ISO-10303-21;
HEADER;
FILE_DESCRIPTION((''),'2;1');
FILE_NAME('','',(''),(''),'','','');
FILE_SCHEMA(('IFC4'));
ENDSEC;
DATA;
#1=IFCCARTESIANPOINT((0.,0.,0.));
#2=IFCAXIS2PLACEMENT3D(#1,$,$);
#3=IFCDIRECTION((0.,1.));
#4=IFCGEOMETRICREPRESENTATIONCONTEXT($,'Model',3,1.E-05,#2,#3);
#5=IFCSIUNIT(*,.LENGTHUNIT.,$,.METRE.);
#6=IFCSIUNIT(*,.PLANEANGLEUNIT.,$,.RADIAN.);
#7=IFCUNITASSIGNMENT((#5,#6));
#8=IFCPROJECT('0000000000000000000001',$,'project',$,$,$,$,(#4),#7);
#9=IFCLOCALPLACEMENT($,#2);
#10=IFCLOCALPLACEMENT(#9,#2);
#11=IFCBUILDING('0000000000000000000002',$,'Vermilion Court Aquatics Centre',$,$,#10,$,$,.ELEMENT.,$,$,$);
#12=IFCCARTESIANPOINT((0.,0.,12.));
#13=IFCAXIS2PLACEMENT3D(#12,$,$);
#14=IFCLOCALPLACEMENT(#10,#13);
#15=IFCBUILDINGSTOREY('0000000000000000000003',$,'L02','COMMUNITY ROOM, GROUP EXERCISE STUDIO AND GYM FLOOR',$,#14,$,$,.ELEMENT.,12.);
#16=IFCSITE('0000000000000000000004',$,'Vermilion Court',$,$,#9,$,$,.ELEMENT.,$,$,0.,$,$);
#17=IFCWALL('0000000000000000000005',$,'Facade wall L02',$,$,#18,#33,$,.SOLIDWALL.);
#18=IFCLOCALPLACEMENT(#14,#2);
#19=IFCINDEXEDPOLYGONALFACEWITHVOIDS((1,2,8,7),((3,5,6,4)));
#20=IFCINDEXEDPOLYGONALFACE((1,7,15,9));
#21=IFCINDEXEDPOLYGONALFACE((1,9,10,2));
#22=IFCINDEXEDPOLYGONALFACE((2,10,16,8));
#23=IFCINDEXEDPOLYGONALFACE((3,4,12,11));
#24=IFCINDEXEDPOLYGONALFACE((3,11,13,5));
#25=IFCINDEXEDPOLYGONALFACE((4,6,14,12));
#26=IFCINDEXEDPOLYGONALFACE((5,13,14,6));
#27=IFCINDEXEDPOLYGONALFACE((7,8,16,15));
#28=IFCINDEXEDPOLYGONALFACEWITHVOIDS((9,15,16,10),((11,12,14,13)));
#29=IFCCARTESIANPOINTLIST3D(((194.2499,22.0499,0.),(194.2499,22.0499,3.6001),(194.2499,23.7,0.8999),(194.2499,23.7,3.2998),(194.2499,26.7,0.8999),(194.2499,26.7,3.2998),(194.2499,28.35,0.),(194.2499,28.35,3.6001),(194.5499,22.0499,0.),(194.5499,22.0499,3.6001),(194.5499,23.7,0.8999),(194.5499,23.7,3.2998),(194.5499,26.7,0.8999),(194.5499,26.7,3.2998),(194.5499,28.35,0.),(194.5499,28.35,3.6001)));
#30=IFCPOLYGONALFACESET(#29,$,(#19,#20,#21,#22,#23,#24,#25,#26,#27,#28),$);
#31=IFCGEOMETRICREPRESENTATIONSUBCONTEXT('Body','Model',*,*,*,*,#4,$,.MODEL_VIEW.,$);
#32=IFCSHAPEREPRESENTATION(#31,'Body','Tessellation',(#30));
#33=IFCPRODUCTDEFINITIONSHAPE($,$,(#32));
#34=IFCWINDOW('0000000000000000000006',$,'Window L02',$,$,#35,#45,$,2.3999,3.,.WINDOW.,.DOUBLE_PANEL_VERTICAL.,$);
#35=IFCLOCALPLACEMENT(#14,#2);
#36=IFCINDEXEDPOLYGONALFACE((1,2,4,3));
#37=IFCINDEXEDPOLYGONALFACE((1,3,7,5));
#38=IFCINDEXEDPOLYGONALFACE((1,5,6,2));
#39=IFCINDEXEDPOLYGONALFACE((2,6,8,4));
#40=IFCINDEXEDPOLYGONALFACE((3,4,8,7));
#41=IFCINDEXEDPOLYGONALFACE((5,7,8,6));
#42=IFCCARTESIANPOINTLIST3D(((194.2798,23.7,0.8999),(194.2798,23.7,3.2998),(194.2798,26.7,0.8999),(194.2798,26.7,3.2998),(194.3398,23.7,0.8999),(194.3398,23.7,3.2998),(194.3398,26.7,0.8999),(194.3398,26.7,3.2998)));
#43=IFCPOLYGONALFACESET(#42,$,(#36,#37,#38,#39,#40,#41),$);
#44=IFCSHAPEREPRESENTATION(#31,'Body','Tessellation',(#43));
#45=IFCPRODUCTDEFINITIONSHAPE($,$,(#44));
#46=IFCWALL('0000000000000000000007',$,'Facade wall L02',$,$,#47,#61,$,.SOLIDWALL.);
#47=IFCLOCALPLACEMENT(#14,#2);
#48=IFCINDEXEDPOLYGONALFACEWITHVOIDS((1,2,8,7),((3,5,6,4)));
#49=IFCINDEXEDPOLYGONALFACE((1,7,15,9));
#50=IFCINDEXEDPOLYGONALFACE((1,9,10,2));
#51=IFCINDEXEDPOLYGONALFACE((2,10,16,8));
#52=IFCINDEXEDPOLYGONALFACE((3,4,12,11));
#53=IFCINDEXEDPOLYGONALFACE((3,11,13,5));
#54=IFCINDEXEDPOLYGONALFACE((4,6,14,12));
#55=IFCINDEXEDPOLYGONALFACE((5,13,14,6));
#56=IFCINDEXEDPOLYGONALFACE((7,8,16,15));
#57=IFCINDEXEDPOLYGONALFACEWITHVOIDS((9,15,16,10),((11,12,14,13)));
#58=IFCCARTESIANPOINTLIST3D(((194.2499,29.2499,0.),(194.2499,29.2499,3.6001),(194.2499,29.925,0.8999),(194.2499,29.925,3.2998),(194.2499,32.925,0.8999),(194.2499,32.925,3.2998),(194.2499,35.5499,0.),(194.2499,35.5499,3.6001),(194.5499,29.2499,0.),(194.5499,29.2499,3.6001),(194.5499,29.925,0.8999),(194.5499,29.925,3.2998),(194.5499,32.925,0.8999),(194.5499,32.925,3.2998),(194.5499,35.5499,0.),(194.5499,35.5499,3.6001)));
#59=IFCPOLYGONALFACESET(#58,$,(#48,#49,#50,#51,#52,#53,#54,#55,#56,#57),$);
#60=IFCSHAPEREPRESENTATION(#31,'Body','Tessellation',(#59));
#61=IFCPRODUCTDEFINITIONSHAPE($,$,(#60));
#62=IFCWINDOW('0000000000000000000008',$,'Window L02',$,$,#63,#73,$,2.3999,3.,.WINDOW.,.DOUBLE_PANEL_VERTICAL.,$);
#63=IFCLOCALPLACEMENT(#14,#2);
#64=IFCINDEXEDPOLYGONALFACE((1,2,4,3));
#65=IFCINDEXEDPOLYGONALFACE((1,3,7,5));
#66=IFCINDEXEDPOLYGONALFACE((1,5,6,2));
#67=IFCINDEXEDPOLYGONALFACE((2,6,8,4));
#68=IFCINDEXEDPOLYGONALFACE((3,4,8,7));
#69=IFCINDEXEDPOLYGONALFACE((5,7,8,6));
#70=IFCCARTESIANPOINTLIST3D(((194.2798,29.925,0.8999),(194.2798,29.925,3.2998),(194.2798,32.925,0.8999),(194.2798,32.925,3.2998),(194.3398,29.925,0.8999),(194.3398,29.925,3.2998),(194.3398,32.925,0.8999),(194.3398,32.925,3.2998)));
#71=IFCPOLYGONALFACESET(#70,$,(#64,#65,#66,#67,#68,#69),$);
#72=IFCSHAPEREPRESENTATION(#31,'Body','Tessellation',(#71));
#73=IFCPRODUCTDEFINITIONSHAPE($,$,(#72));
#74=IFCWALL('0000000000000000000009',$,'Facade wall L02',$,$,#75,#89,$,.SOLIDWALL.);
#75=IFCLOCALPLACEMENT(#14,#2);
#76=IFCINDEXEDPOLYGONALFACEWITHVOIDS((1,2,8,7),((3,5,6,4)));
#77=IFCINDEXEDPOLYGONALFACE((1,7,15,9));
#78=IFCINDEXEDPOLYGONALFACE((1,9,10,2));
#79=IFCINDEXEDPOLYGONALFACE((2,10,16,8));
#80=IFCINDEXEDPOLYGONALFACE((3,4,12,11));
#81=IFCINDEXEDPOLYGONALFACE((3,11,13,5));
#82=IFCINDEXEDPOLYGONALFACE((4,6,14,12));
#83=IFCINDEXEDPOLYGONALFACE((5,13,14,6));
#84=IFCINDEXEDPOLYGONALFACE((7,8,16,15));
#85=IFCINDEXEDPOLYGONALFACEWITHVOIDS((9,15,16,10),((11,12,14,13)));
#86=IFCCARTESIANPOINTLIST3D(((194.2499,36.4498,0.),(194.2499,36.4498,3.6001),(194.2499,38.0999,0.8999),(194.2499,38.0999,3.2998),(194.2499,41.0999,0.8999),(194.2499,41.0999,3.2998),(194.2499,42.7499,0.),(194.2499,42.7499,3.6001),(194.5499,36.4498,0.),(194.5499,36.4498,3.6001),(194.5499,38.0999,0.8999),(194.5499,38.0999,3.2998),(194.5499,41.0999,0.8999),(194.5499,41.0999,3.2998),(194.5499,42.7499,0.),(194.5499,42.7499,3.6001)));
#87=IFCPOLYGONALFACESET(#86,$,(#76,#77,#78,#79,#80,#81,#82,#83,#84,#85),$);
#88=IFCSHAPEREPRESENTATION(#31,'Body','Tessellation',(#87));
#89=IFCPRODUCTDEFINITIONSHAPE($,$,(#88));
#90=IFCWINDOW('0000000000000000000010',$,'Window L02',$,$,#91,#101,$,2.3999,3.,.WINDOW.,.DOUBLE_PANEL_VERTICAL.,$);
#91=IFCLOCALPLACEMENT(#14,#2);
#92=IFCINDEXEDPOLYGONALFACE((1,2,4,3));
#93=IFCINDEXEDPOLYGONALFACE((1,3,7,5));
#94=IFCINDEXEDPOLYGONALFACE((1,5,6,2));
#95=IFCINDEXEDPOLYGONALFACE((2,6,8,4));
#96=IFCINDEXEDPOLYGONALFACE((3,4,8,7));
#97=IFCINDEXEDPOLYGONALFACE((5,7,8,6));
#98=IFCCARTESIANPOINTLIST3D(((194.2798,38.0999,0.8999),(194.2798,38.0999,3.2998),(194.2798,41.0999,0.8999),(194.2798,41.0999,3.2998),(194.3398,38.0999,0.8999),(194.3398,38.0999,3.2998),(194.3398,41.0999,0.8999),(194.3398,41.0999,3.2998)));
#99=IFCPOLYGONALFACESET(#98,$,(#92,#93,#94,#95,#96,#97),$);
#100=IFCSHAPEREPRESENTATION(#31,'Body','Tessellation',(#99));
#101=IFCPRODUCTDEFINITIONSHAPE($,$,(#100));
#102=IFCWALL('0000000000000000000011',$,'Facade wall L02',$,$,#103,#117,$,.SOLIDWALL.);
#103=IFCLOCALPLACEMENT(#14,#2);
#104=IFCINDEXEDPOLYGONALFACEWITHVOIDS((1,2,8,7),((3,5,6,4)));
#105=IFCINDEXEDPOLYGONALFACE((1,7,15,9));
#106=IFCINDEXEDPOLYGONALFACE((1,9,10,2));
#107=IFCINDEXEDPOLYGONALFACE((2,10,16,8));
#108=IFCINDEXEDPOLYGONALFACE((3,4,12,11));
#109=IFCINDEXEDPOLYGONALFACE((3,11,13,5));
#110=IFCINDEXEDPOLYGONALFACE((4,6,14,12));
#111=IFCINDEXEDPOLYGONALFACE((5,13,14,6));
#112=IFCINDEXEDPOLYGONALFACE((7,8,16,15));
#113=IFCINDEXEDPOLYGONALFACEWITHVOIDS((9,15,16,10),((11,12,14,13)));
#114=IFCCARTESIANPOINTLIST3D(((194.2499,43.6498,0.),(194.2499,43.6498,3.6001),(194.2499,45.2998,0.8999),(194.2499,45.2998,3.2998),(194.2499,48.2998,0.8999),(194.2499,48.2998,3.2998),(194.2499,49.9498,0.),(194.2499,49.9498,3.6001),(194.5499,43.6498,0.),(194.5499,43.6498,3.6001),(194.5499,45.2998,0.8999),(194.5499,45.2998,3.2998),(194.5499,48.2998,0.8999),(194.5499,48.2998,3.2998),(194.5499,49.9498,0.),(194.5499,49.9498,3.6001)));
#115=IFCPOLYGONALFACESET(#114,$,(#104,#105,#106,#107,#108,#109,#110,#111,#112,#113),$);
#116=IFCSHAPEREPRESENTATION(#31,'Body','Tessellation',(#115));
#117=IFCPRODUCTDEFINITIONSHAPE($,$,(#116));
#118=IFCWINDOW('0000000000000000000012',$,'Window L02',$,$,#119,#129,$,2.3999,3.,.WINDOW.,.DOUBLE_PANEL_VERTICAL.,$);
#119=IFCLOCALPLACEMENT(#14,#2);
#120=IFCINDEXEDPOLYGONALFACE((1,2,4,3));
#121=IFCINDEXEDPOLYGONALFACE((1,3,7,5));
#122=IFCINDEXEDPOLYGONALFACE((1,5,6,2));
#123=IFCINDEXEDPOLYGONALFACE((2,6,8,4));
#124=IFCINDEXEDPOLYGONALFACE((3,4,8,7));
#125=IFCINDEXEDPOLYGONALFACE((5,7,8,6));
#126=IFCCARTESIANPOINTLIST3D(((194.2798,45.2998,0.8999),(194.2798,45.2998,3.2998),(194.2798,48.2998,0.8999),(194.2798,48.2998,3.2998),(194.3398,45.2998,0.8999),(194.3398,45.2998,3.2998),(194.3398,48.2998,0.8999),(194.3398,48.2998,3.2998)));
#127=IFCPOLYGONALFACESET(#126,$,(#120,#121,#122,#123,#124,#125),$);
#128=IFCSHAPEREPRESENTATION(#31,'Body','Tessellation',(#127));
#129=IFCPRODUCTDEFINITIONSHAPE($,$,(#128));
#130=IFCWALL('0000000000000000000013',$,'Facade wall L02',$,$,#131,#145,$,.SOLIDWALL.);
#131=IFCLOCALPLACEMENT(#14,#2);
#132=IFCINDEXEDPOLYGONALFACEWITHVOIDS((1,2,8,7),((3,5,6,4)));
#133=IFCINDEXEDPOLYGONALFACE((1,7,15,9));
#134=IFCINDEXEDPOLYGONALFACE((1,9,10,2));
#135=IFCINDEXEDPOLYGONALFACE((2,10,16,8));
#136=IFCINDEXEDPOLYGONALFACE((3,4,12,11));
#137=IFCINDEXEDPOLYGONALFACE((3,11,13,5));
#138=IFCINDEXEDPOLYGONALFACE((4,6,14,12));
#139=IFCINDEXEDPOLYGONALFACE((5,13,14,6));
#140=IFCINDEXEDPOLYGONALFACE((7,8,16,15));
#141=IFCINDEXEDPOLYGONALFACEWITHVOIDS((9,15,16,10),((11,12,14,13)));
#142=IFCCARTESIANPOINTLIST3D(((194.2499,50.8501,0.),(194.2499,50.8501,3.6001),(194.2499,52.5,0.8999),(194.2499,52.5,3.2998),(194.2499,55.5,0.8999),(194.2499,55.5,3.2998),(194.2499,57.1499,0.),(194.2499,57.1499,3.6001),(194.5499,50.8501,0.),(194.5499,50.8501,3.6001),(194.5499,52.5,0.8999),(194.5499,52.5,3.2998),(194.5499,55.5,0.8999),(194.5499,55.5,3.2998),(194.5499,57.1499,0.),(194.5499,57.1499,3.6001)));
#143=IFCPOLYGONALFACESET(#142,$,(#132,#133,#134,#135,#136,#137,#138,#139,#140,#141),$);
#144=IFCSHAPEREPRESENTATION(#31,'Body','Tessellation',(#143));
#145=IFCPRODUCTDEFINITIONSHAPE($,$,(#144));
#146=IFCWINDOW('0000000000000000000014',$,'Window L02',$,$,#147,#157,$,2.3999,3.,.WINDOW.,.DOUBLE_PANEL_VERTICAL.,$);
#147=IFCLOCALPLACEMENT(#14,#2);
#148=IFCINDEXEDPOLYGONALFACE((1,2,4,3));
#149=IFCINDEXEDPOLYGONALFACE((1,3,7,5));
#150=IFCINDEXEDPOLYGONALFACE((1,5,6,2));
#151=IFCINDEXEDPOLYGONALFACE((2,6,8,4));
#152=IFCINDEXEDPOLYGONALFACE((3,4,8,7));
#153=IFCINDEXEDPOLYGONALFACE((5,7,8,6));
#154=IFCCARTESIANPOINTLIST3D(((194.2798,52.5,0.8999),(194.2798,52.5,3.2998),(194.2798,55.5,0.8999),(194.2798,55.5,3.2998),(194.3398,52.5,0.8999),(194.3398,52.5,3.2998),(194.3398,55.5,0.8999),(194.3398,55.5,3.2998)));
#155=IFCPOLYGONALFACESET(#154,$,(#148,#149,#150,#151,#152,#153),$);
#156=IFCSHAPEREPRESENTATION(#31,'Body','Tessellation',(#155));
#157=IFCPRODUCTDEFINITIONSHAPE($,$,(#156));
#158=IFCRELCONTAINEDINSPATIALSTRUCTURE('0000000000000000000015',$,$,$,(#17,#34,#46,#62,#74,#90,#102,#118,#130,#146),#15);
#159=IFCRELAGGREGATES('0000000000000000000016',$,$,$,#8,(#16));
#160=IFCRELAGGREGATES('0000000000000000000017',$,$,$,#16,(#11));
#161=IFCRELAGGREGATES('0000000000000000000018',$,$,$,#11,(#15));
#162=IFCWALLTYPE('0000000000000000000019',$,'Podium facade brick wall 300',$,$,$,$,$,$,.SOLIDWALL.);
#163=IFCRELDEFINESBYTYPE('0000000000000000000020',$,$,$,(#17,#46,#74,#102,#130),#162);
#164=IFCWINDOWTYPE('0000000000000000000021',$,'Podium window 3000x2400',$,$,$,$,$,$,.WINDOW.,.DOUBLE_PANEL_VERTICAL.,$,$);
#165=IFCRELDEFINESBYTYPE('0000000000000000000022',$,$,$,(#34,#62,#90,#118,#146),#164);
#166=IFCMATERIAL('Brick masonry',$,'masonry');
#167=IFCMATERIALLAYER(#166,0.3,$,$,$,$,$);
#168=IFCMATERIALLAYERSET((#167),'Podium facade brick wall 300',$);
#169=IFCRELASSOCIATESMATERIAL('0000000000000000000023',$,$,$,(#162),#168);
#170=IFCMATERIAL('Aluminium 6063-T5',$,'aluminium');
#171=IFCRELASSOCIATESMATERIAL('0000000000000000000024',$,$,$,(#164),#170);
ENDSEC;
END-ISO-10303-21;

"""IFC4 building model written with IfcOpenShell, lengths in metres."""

from ifc_helpers import new_model, si_unit, direction, frame, frame_2d, origin, place, context, subcontext, project, spatial, rectangle, extrude, material, layer, layer_set, type_object, element, fill, save


model = new_model("IFC4")

# Units and contexts
model_context = context("Model", 3, precision=1e-05, world=origin(), true_north=direction((0.0, 1.0)))
body_context = subcontext(model_context, "Body", "Model", "MODEL_VIEW")
ifc_project = project(units=[si_unit("LENGTHUNIT", "METRE"), si_unit("PLANEANGLEUNIT", "RADIAN")], contexts=[model_context])

# Site, building, storey
site_placement = place(None, origin())
site = spatial("IfcSite", under=ifc_project, at=site_placement, Name="Vermilion Court", CompositionType="ELEMENT", RefElevation=0.0)
building_placement = place(site_placement, origin())
building = spatial("IfcBuilding", under=site, at=building_placement, Name="Vermilion Court Aquatics Centre", CompositionType="ELEMENT")
storey_placement = place(building_placement, frame((0.0, 0.0, 12.0)))
storey = spatial("IfcBuildingStorey", under=building, at=storey_placement, Name="L02", Description="COMMUNITY ROOM, GROUP EXERCISE STUDIO AND GYM FLOOR", CompositionType="ELEMENT", Elevation=12.0)

# Walls, openings, windows
ifc_material_1 = material(Name="Brick masonry", Category="masonry")
ifc_layer = layer(ifc_material_1, 0.3)
ifc_layer_set = layer_set([ifc_layer], Name="Podium facade brick wall 300")
wall_type = type_object("IfcWallType", Name="Podium facade brick wall 300", PredefinedType="SOLIDWALL", material=ifc_layer_set)
wall_1_placement = place(storey_placement, frame((194.3999, 22.05, 0.0), z_axis=(0.0, 0.0, 1.0), x_axis=(0.0, 1.0, 0.0)))
wall_1 = element("IfcWall", 1, at=wall_1_placement, inside=storey, type_object=wall_type, Name="Facade wall L02", PredefinedType="SOLIDWALL", context=body_context, shape_type="SweptSolid", body=[
    extrude(rectangle(XDim=6.3, YDim=0.3, at=frame_2d((3.1499, 0.0))), origin(), (0.0, 0.0, 1.0), 3.6001),
])
opening_1_placement = place(wall_1_placement, frame((1.6499, 0.0, 0.8999)))
opening_1 = element("IfcOpeningElement", 2, at=opening_1_placement, cuts=wall_1, PredefinedType="OPENING", context=body_context, shape_type="SweptSolid", body=[
    extrude(rectangle(XDim=3.0, YDim=2.3999, at=frame_2d((1.5, 1.2))), frame((0.0, 0.1599, 0.0), z_axis=(0.0, -1.0, 0.0), x_axis=(1.0, 0.0, 0.0)), (0.0, 0.0, 1.0), 0.3201),
])
ifc_material_2 = material(Name="Aluminium 6063-T5", Category="aluminium")
window_type = type_object("IfcWindowType", Name="Podium window 3000x2400", PartitioningType="DOUBLE_PANEL_VERTICAL", PredefinedType="WINDOW", material=ifc_material_2)
window_1_placement = place(opening_1_placement, origin())
window_1 = element("IfcWindow", 3, at=window_1_placement, inside=storey, type_object=window_type, Name="Window L02", OverallHeight=2.3999, OverallWidth=3.0, PartitioningType="DOUBLE_PANEL_VERTICAL", PredefinedType="WINDOW", context=body_context, shape_type="SweptSolid", body=[
    extrude(rectangle(XDim=3.0, YDim=2.3999, at=frame_2d((1.5, 1.2))), frame((0.0, 0.1201, 0.0), z_axis=(0.0, -1.0, 0.0), x_axis=(1.0, 0.0, 0.0)), (0.0, 0.0, 1.0), 0.0601),
])
fill(opening_1, window_1)
wall_2_placement = place(storey_placement, frame((194.3999, 29.25, 0.0), z_axis=(0.0, 0.0, 1.0), x_axis=(0.0, 1.0, 0.0)))
wall_2 = element("IfcWall", 4, at=wall_2_placement, inside=storey, type_object=wall_type, Name="Facade wall L02", PredefinedType="SOLIDWALL", context=body_context, shape_type="SweptSolid", body=[
    extrude(rectangle(XDim=6.3, YDim=0.3, at=frame_2d((3.1499, 0.0))), origin(), (0.0, 0.0, 1.0), 3.6001),
])
opening_2_placement = place(wall_2_placement, frame((0.675, 0.0, 0.8999)))
opening_2 = element("IfcOpeningElement", 5, at=opening_2_placement, cuts=wall_2, PredefinedType="OPENING", context=body_context, shape_type="SweptSolid", body=[
    extrude(rectangle(XDim=3.0, YDim=2.3999, at=frame_2d((1.5, 1.2))), frame((0.0, 0.1599, 0.0), z_axis=(0.0, -1.0, 0.0), x_axis=(1.0, 0.0, 0.0)), (0.0, 0.0, 1.0), 0.3201),
])
window_2_placement = place(opening_2_placement, origin())
window_2 = element("IfcWindow", 6, at=window_2_placement, inside=storey, type_object=window_type, Name="Window L02", OverallHeight=2.3999, OverallWidth=3.0, PartitioningType="DOUBLE_PANEL_VERTICAL", PredefinedType="WINDOW", context=body_context, shape_type="SweptSolid", body=[
    extrude(rectangle(XDim=3.0, YDim=2.3999, at=frame_2d((1.5, 1.2))), frame((0.0, 0.1201, 0.0), z_axis=(0.0, -1.0, 0.0), x_axis=(1.0, 0.0, 0.0)), (0.0, 0.0, 1.0), 0.0601),
])
fill(opening_2, window_2)
wall_3_placement = place(storey_placement, frame((194.3999, 36.45, 0.0), z_axis=(0.0, 0.0, 1.0), x_axis=(0.0, 1.0, 0.0)))
wall_3 = element("IfcWall", 7, at=wall_3_placement, inside=storey, type_object=wall_type, Name="Facade wall L02", PredefinedType="SOLIDWALL", context=body_context, shape_type="SweptSolid", body=[
    extrude(rectangle(XDim=6.3, YDim=0.3, at=frame_2d((3.1499, 0.0))), origin(), (0.0, 0.0, 1.0), 3.6001),
])
opening_3_placement = place(wall_3_placement, frame((1.6499, 0.0, 0.8999)))
opening_3 = element("IfcOpeningElement", 8, at=opening_3_placement, cuts=wall_3, PredefinedType="OPENING", context=body_context, shape_type="SweptSolid", body=[
    extrude(rectangle(XDim=3.0, YDim=2.3999, at=frame_2d((1.5, 1.2))), frame((0.0, 0.1599, 0.0), z_axis=(0.0, -1.0, 0.0), x_axis=(1.0, 0.0, 0.0)), (0.0, 0.0, 1.0), 0.3201),
])
window_3_placement = place(opening_3_placement, origin())
window_3 = element("IfcWindow", 9, at=window_3_placement, inside=storey, type_object=window_type, Name="Window L02", OverallHeight=2.3999, OverallWidth=3.0, PartitioningType="DOUBLE_PANEL_VERTICAL", PredefinedType="WINDOW", context=body_context, shape_type="SweptSolid", body=[
    extrude(rectangle(XDim=3.0, YDim=2.3999, at=frame_2d((1.5, 1.2))), frame((0.0, 0.1201, 0.0), z_axis=(0.0, -1.0, 0.0), x_axis=(1.0, 0.0, 0.0)), (0.0, 0.0, 1.0), 0.0601),
])
fill(opening_3, window_3)
wall_4_placement = place(storey_placement, frame((194.3999, 43.6499, 0.0), z_axis=(0.0, 0.0, 1.0), x_axis=(0.0, 1.0, 0.0)))
wall_4 = element("IfcWall", 10, at=wall_4_placement, inside=storey, type_object=wall_type, Name="Facade wall L02", PredefinedType="SOLIDWALL", context=body_context, shape_type="SweptSolid", body=[
    extrude(rectangle(XDim=6.3, YDim=0.3, at=frame_2d((3.1499, 0.0))), origin(), (0.0, 0.0, 1.0), 3.6001),
])
opening_4_placement = place(wall_4_placement, frame((1.6499, 0.0, 0.8999)))
opening_4 = element("IfcOpeningElement", 11, at=opening_4_placement, cuts=wall_4, PredefinedType="OPENING", context=body_context, shape_type="SweptSolid", body=[
    extrude(rectangle(XDim=3.0, YDim=2.3999, at=frame_2d((1.5, 1.2))), frame((0.0, 0.1599, 0.0), z_axis=(0.0, -1.0, 0.0), x_axis=(1.0, 0.0, 0.0)), (0.0, 0.0, 1.0), 0.3201),
])
window_4_placement = place(opening_4_placement, origin())
window_4 = element("IfcWindow", 12, at=window_4_placement, inside=storey, type_object=window_type, Name="Window L02", OverallHeight=2.3999, OverallWidth=3.0, PartitioningType="DOUBLE_PANEL_VERTICAL", PredefinedType="WINDOW", context=body_context, shape_type="SweptSolid", body=[
    extrude(rectangle(XDim=3.0, YDim=2.3999, at=frame_2d((1.5, 1.2))), frame((0.0, 0.1201, 0.0), z_axis=(0.0, -1.0, 0.0), x_axis=(1.0, 0.0, 0.0)), (0.0, 0.0, 1.0), 0.0601),
])
fill(opening_4, window_4)
wall_5_placement = place(storey_placement, frame((194.3999, 50.8501, 0.0), z_axis=(0.0, 0.0, 1.0), x_axis=(0.0, 1.0, 0.0)))
wall_5 = element("IfcWall", 13, at=wall_5_placement, inside=storey, type_object=wall_type, Name="Facade wall L02", PredefinedType="SOLIDWALL", context=body_context, shape_type="SweptSolid", body=[
    extrude(rectangle(XDim=6.2998, YDim=0.3, at=frame_2d((3.1499, 0.0))), origin(), (0.0, 0.0, 1.0), 3.6001),
])
opening_5_placement = place(wall_5_placement, frame((1.6499, 0.0, 0.8999)))
opening_5 = element("IfcOpeningElement", 14, at=opening_5_placement, cuts=wall_5, PredefinedType="OPENING", context=body_context, shape_type="SweptSolid", body=[
    extrude(rectangle(XDim=3.0, YDim=2.3999, at=frame_2d((1.5, 1.2))), frame((0.0, 0.1599, 0.0), z_axis=(0.0, -1.0, 0.0), x_axis=(1.0, 0.0, 0.0)), (0.0, 0.0, 1.0), 0.3201),
])
window_5_placement = place(opening_5_placement, origin())
window_5 = element("IfcWindow", 15, at=window_5_placement, inside=storey, type_object=window_type, Name="Window L02", OverallHeight=2.3999, OverallWidth=3.0, PartitioningType="DOUBLE_PANEL_VERTICAL", PredefinedType="WINDOW", context=body_context, shape_type="SweptSolid", body=[
    extrude(rectangle(XDim=3.0, YDim=2.3999, at=frame_2d((1.5, 1.2))), frame((0.0, 0.1201, 0.0), z_axis=(0.0, -1.0, 0.0), x_axis=(1.0, 0.0, 0.0)), (0.0, 0.0, 1.0), 0.0601),
])
fill(opening_5, window_5)

save(model, "model.ifc")
